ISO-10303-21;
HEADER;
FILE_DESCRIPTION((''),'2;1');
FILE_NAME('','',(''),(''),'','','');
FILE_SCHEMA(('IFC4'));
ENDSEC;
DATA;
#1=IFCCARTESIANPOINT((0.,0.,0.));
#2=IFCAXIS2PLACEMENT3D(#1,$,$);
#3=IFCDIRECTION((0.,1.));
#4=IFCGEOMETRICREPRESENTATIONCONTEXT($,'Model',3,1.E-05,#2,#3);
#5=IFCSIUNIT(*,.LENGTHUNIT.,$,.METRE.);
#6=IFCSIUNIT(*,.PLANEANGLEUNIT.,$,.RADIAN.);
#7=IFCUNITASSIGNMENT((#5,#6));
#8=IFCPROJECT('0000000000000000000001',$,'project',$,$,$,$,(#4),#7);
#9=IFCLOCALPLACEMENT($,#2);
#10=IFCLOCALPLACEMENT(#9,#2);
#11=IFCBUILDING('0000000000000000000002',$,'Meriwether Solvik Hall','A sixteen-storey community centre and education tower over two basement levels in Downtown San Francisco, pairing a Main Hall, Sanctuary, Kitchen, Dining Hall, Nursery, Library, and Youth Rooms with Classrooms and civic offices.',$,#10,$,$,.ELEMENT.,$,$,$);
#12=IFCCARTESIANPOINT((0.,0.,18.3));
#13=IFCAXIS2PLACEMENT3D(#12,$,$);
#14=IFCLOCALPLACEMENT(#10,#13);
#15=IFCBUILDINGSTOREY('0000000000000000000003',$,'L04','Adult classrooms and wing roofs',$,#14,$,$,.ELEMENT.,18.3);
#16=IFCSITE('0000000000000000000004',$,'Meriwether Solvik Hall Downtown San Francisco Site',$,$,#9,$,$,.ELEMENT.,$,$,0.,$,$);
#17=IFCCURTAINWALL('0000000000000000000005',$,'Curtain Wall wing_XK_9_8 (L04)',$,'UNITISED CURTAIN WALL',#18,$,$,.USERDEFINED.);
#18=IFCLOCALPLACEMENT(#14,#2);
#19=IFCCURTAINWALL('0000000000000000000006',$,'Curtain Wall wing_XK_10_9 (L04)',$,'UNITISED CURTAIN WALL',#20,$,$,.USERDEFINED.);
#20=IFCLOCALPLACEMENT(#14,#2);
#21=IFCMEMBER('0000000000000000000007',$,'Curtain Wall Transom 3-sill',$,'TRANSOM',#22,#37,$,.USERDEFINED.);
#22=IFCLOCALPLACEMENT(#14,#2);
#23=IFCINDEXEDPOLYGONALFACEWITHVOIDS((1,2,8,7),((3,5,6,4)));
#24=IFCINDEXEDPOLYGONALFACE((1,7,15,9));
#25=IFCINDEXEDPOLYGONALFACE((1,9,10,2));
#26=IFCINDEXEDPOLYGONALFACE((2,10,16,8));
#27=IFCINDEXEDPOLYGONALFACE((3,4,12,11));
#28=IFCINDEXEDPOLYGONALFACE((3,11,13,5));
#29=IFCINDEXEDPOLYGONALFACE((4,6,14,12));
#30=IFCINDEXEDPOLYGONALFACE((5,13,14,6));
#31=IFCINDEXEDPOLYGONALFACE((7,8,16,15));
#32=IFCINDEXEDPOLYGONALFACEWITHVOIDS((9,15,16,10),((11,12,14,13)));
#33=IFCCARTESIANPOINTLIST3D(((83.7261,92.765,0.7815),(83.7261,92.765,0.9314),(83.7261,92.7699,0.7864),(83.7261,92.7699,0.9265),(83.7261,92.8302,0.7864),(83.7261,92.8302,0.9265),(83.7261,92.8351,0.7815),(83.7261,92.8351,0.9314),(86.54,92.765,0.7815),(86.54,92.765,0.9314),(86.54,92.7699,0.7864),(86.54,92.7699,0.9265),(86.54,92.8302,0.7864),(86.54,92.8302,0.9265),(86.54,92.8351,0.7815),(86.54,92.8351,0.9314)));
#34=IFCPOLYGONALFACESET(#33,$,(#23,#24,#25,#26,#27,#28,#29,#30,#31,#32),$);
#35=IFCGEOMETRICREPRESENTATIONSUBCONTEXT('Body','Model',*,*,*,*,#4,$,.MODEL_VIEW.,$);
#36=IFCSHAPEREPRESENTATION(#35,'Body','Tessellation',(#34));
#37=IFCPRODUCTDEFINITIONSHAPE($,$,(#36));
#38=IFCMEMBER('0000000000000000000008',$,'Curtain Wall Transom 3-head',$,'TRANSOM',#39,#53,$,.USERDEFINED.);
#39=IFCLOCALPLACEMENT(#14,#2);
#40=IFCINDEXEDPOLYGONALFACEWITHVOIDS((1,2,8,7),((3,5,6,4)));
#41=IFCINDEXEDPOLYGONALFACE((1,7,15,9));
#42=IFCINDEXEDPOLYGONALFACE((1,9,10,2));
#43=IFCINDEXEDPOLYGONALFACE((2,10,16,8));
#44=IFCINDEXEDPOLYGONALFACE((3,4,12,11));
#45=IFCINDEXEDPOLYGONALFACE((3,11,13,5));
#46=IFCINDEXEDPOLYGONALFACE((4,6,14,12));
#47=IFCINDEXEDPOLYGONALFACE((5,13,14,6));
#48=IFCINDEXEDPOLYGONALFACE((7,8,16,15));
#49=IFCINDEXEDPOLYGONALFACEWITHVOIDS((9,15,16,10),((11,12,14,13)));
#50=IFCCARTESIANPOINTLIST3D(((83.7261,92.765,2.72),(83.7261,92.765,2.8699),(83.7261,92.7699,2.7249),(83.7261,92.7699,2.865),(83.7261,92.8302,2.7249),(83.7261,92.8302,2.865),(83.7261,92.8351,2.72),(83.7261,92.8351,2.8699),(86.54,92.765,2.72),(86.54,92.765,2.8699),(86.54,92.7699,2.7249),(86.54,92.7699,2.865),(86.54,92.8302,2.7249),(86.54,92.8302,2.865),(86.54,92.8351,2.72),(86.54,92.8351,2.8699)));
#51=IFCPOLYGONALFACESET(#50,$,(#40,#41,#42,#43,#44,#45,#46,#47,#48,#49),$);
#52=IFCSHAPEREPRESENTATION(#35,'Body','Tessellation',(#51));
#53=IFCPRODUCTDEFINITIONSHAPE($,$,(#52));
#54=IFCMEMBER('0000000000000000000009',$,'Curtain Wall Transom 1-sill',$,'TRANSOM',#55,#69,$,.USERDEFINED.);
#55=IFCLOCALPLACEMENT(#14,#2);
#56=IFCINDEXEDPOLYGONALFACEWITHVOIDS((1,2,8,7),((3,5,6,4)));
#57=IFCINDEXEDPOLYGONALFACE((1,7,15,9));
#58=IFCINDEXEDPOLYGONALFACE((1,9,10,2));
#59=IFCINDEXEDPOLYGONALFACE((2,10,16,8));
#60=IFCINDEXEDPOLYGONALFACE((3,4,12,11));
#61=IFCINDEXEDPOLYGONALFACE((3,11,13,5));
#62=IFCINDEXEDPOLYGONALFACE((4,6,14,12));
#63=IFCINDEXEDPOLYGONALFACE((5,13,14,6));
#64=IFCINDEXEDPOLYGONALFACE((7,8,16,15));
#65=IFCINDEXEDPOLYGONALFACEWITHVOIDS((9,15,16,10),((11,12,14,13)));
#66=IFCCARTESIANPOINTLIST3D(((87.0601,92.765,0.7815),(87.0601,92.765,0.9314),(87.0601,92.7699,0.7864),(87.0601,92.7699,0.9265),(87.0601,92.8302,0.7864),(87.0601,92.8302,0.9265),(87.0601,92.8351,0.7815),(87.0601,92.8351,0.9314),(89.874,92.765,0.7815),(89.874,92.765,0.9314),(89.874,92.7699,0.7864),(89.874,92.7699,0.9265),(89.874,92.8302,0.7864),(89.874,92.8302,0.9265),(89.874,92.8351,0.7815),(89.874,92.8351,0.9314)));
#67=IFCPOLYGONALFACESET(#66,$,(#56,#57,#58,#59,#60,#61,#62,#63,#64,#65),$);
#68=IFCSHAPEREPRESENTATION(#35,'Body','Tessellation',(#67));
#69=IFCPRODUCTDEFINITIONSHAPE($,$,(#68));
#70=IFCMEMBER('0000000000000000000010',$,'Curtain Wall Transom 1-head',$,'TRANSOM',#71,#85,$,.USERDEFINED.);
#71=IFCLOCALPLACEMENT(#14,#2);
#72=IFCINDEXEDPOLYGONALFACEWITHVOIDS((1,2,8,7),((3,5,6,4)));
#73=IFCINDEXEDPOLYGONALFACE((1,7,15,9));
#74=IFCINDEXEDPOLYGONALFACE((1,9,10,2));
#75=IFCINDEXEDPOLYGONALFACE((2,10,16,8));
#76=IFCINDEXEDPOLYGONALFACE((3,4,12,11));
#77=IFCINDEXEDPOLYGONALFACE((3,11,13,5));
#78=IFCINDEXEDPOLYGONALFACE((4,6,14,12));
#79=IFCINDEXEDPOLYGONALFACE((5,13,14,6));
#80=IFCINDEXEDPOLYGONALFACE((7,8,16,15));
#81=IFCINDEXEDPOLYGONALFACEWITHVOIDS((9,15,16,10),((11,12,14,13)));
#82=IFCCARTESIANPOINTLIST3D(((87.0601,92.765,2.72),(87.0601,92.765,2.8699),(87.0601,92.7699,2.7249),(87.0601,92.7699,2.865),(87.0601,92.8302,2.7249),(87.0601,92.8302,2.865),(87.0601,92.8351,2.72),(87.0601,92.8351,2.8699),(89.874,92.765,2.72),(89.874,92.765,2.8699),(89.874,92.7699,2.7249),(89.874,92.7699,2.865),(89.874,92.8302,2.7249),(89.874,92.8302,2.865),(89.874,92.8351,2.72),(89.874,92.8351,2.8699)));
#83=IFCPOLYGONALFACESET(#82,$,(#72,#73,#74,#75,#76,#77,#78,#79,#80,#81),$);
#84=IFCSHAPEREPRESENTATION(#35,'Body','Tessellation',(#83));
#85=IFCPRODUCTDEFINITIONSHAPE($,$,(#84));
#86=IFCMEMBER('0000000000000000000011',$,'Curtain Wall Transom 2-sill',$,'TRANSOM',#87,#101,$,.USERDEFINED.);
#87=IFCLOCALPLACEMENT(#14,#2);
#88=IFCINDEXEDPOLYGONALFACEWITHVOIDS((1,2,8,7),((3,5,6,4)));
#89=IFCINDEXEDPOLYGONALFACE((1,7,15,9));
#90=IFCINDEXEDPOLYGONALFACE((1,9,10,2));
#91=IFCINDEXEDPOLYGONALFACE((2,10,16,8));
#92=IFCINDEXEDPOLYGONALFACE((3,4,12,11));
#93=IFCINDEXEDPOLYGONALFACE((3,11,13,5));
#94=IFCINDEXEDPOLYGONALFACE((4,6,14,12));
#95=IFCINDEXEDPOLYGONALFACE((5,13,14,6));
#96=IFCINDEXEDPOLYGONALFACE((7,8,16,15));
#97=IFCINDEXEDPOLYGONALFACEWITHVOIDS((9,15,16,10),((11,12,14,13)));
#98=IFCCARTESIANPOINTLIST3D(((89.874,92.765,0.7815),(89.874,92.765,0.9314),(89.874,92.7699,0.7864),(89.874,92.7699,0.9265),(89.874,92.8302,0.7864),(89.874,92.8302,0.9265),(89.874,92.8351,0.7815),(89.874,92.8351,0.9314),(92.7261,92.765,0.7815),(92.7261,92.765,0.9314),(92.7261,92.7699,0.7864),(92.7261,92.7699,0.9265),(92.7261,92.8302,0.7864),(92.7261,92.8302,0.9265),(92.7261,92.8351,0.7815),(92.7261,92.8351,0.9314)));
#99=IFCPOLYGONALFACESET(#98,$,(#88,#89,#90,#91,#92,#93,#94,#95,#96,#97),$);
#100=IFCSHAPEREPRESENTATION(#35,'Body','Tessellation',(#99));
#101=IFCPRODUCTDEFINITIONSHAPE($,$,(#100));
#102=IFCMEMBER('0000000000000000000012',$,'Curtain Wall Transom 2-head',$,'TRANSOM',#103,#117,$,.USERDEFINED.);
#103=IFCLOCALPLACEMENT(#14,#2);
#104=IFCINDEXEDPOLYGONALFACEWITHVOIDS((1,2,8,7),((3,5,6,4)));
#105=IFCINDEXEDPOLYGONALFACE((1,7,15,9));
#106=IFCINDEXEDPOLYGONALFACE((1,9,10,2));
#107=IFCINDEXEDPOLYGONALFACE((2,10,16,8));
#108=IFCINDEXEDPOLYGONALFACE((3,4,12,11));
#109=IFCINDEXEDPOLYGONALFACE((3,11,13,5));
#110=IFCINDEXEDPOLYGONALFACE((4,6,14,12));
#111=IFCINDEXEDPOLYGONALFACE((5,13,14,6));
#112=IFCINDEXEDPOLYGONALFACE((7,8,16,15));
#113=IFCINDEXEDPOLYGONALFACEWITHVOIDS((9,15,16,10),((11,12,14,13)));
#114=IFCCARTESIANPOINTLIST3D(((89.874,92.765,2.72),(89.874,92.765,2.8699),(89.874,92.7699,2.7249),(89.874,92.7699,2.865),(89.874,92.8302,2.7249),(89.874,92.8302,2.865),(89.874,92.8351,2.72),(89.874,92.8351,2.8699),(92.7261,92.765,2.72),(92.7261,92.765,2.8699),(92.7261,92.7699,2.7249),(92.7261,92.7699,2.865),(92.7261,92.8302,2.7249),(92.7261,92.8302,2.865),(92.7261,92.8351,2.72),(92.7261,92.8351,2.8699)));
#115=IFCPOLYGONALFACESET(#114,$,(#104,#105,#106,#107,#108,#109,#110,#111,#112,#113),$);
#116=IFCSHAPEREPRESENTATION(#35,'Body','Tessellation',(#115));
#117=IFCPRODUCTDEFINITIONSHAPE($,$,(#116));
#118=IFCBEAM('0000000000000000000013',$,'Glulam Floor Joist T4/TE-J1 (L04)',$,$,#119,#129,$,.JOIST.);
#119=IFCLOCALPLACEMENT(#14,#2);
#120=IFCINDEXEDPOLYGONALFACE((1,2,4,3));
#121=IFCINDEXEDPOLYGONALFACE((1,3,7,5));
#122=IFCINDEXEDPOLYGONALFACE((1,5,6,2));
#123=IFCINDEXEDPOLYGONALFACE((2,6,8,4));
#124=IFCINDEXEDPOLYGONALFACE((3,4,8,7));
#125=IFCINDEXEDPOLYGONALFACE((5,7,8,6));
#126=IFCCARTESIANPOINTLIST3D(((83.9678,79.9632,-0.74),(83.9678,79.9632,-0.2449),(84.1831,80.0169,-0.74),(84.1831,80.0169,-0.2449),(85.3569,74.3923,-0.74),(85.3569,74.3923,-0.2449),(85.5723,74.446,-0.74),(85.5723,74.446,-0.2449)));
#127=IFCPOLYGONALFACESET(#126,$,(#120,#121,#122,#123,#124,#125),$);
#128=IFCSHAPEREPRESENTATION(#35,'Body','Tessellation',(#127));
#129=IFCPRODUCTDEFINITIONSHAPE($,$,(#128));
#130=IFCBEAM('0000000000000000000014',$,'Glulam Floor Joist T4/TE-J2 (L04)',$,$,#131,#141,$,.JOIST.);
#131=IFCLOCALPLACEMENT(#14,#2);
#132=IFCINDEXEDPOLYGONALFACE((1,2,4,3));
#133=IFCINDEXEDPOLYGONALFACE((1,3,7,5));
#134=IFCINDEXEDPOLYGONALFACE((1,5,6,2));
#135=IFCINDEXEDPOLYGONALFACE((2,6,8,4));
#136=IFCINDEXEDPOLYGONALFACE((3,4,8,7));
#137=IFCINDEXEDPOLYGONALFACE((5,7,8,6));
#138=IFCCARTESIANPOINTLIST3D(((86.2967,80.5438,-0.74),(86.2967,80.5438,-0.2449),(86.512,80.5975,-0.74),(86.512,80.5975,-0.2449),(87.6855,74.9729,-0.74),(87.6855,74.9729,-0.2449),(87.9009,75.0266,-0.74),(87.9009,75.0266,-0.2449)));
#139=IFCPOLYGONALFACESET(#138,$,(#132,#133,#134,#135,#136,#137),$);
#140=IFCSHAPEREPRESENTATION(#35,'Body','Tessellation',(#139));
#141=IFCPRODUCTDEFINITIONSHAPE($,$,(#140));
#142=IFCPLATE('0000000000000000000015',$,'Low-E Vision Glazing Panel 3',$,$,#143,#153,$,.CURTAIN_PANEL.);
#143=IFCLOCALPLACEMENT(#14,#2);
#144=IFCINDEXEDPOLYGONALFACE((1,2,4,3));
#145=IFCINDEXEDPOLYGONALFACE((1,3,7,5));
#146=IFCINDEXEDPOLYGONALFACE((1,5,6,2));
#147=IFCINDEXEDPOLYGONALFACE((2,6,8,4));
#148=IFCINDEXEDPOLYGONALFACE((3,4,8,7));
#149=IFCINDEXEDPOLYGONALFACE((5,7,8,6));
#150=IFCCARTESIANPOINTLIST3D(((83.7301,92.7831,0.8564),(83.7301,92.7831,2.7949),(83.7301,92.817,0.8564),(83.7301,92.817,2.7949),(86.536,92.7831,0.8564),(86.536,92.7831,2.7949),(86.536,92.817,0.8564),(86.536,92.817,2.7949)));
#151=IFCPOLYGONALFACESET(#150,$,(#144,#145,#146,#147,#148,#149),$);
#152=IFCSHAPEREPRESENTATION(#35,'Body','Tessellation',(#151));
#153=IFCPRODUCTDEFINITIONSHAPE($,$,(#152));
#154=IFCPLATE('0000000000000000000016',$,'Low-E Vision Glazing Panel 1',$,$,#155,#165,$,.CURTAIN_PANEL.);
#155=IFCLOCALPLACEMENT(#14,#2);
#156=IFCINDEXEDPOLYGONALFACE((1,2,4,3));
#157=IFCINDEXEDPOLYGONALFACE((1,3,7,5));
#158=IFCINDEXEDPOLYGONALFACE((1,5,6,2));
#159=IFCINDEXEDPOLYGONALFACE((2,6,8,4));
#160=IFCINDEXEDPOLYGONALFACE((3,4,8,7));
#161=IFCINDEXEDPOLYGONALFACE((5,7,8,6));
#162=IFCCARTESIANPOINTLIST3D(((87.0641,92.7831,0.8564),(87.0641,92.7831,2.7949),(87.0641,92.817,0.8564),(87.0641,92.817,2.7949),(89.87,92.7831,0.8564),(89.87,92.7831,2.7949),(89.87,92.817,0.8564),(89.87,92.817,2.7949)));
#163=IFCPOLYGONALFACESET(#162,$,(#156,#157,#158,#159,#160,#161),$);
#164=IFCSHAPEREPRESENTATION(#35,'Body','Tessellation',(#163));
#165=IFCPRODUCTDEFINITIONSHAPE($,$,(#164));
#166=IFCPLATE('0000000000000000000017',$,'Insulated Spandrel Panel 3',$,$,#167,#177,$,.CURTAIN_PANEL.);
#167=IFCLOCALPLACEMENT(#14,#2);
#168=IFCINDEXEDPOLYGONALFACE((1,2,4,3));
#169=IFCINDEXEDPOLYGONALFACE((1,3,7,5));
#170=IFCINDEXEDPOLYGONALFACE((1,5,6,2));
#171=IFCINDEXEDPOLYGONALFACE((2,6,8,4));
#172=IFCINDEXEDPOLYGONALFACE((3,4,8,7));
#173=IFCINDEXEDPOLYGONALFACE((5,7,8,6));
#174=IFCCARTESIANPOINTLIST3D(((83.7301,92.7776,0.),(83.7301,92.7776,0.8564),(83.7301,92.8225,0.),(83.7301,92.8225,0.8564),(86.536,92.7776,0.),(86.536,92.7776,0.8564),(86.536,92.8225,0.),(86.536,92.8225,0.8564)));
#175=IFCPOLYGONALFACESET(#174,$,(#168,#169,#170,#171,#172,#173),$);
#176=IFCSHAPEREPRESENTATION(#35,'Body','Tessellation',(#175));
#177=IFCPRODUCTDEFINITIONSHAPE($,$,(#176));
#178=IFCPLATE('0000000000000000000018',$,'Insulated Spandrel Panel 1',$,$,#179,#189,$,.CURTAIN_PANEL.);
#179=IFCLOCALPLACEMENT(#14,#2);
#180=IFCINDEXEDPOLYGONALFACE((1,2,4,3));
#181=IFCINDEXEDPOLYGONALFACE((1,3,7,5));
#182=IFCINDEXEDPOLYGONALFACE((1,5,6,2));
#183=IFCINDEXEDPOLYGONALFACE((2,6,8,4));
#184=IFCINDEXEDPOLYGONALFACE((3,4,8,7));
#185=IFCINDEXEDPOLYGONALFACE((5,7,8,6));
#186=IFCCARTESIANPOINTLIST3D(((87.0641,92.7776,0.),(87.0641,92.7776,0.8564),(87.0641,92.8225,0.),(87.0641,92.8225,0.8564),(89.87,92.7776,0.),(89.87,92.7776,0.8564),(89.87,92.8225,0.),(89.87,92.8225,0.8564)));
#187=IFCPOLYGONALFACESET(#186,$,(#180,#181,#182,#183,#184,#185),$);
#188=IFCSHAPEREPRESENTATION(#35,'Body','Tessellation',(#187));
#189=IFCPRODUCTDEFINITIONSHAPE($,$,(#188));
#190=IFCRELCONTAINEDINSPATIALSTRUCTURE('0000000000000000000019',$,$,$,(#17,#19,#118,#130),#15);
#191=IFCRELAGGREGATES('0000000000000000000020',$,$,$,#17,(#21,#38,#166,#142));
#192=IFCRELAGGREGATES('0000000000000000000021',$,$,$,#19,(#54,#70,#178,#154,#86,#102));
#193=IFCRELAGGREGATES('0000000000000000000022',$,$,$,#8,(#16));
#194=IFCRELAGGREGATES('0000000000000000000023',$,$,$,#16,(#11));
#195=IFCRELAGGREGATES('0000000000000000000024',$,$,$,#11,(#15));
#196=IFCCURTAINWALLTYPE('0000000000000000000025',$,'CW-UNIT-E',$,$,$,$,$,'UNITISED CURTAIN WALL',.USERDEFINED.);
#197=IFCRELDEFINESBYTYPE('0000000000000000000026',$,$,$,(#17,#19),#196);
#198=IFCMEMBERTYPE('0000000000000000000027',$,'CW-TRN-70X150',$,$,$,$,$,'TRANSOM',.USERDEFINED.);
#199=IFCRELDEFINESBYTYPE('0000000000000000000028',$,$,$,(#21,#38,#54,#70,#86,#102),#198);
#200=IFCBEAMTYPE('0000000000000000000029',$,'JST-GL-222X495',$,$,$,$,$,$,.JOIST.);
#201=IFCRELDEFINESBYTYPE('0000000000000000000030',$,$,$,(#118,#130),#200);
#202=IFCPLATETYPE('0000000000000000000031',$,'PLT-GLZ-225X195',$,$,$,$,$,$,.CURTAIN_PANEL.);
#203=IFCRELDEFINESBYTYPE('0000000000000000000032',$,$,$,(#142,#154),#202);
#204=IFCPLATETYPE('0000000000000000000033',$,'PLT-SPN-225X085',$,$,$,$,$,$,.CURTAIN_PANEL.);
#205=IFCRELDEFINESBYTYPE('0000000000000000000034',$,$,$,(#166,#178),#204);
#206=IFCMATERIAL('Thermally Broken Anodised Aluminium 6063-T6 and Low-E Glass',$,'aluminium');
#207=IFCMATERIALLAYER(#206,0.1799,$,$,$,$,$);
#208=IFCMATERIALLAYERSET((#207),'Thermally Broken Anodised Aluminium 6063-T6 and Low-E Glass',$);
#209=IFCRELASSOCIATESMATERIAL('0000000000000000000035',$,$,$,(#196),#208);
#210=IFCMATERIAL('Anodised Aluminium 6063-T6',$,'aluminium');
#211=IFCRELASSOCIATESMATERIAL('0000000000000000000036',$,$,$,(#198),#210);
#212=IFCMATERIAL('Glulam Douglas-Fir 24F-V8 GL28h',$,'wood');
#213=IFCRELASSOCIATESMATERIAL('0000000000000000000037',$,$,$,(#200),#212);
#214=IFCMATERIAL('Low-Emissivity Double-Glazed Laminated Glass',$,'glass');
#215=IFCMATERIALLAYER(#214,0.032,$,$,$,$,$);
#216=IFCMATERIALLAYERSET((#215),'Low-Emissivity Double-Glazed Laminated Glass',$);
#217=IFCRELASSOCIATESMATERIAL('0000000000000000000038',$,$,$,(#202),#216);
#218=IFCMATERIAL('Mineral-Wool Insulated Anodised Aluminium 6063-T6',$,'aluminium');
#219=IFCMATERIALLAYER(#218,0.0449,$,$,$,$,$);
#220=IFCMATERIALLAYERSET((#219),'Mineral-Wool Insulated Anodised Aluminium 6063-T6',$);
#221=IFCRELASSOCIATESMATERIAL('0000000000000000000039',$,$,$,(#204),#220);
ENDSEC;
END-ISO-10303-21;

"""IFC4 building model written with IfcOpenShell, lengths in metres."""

from ifc_helpers import new_model, si_unit, direction, frame, origin, origin_2d, place, context, subcontext, project, spatial, rectangle, hollow_rectangle, extrude, material, layer, layer_set, material_profile, profile_set, type_object, element, aggregate, save


model = new_model("IFC4")

# Units and contexts
model_context = context("Model", 3, precision=1e-05, world=origin(), true_north=direction((0.0, 1.0)))
body_context = subcontext(model_context, "Body", "Model", "MODEL_VIEW")
ifc_project = project(units=[si_unit("LENGTHUNIT", "METRE"), si_unit("PLANEANGLEUNIT", "RADIAN")], contexts=[model_context])

# Site, building, storey
site_placement = place(None, origin())
site = spatial("IfcSite", under=ifc_project, at=site_placement, Name="Meriwether Solvik Hall Downtown San Francisco Site", CompositionType="ELEMENT", RefElevation=0.0)
building_placement = place(site_placement, origin())
building = spatial("IfcBuilding", under=site, at=building_placement, Name="Meriwether Solvik Hall", Description="A sixteen-storey community centre and education tower over two basement levels in Downtown San Francisco, pairing a Main Hall, Sanctuary, Kitchen, Dining Hall, Nursery, Library, and Youth Rooms with Classrooms and civic offices.", CompositionType="ELEMENT")
storey_placement = place(building_placement, frame((0.0, 0.0, 18.3)))
storey = spatial("IfcBuildingStorey", under=building, at=storey_placement, Name="L04", Description="Adult classrooms and wing roofs", CompositionType="ELEMENT", Elevation=18.3)

# Curtain walls
ifc_material_1 = material(Name="Thermally Broken Anodised Aluminium 6063-T6 and Low-E Glass", Category="aluminium")
ifc_layer_1 = layer(ifc_material_1, 0.1799)
ifc_layer_set_1 = layer_set([ifc_layer_1], Name="Thermally Broken Anodised Aluminium 6063-T6 and Low-E Glass")
curtain_wall_type = type_object("IfcCurtainWallType", Name="CW-UNIT-E", ElementType="UNITISED CURTAIN WALL", PredefinedType="USERDEFINED", material=ifc_layer_set_1)
curtain_wall_1_placement = place(storey_placement, origin())
curtain_wall_1 = element("IfcCurtainWall", 1, at=curtain_wall_1_placement, inside=storey, type_object=curtain_wall_type, Name="Curtain Wall wing_XK_9_8 (L04)", ObjectType="UNITISED CURTAIN WALL", PredefinedType="USERDEFINED")
curtain_wall_2_placement = place(storey_placement, origin())
curtain_wall_2 = element("IfcCurtainWall", 2, at=curtain_wall_2_placement, inside=storey, type_object=curtain_wall_type, Name="Curtain Wall wing_XK_10_9 (L04)", ObjectType="UNITISED CURTAIN WALL", PredefinedType="USERDEFINED")

# Members
ifc_material_2 = material(Name="Anodised Aluminium 6063-T6", Category="aluminium")
ifc_material_profile_1 = material_profile(ifc_material_2, hollow_rectangle(XDim=0.0701, YDim=0.1499, WallThickness=0.0049, at=origin_2d()), Name="CWT-70X150")
ifc_profile_set_1 = profile_set([ifc_material_profile_1], Name="Anodised Aluminium 6063-T6")
member_type_1 = type_object("IfcMemberType", Name="CW-TRN-70X150", ElementType="TRANSOM", PredefinedType="USERDEFINED", material=ifc_profile_set_1)
member_1_placement = place(storey_placement, frame((83.7261, 92.8, 0.8564), z_axis=(1.0, 0.0, 0.0), x_axis=(0.0, 1.0, 0.0)))
member_1 = element("IfcMember", 3, at=member_1_placement, type_object=member_type_1, Name="Curtain Wall Transom 3-sill", ObjectType="TRANSOM", PredefinedType="USERDEFINED", context=body_context, shape_type="SweptSolid", body=[
    extrude(hollow_rectangle(XDim=0.0701, YDim=0.1499, WallThickness=0.0049, at=origin_2d()), origin(), (0.0, 0.0, 1.0), 2.814),
])
member_2_placement = place(storey_placement, frame((83.7261, 92.8, 2.7949), z_axis=(1.0, 0.0, 0.0), x_axis=(0.0, 1.0, 0.0)))
member_2 = element("IfcMember", 4, at=member_2_placement, type_object=member_type_1, Name="Curtain Wall Transom 3-head", ObjectType="TRANSOM", PredefinedType="USERDEFINED", context=body_context, shape_type="SweptSolid", body=[
    extrude(hollow_rectangle(XDim=0.0701, YDim=0.1499, WallThickness=0.0049, at=origin_2d()), origin(), (0.0, 0.0, 1.0), 2.814),
])
member_3_placement = place(storey_placement, frame((87.0601, 92.8, 0.8564), z_axis=(1.0, 0.0, 0.0), x_axis=(0.0, 1.0, 0.0)))
member_3 = element("IfcMember", 5, at=member_3_placement, type_object=member_type_1, Name="Curtain Wall Transom 1-sill", ObjectType="TRANSOM", PredefinedType="USERDEFINED", context=body_context, shape_type="SweptSolid", body=[
    extrude(hollow_rectangle(XDim=0.0701, YDim=0.1499, WallThickness=0.0049, at=origin_2d()), origin(), (0.0, 0.0, 1.0), 2.814),
])
member_4_placement = place(storey_placement, frame((87.0601, 92.8, 2.7949), z_axis=(1.0, 0.0, 0.0), x_axis=(0.0, 1.0, 0.0)))
member_4 = element("IfcMember", 6, at=member_4_placement, type_object=member_type_1, Name="Curtain Wall Transom 1-head", ObjectType="TRANSOM", PredefinedType="USERDEFINED", context=body_context, shape_type="SweptSolid", body=[
    extrude(hollow_rectangle(XDim=0.0701, YDim=0.1499, WallThickness=0.0049, at=origin_2d()), origin(), (0.0, 0.0, 1.0), 2.814),
])
member_5_placement = place(storey_placement, frame((89.874, 92.8, 0.8564), z_axis=(1.0, 0.0, 0.0), x_axis=(0.0, 1.0, 0.0)))
member_5 = element("IfcMember", 7, at=member_5_placement, type_object=member_type_1, Name="Curtain Wall Transom 2-sill", ObjectType="TRANSOM", PredefinedType="USERDEFINED", context=body_context, shape_type="SweptSolid", body=[
    extrude(hollow_rectangle(XDim=0.0701, YDim=0.1499, WallThickness=0.0049, at=origin_2d()), origin(), (0.0, 0.0, 1.0), 2.8521),
])
member_6_placement = place(storey_placement, frame((89.874, 92.8, 2.7949), z_axis=(1.0, 0.0, 0.0), x_axis=(0.0, 1.0, 0.0)))
member_6 = element("IfcMember", 8, at=member_6_placement, type_object=member_type_1, Name="Curtain Wall Transom 2-head", ObjectType="TRANSOM", PredefinedType="USERDEFINED", context=body_context, shape_type="SweptSolid", body=[
    extrude(hollow_rectangle(XDim=0.0701, YDim=0.1499, WallThickness=0.0049, at=origin_2d()), origin(), (0.0, 0.0, 1.0), 2.8521),
])

# Beams
ifc_material_3 = material(Name="Glulam Douglas-Fir 24F-V8 GL28h", Category="wood")
ifc_material_profile_2 = material_profile(ifc_material_3, rectangle(XDim=0.2219, YDim=0.4951, at=origin_2d()), Name="GLJ-222X495")
ifc_profile_set_2 = profile_set([ifc_material_profile_2], Name="Glulam Douglas-Fir 24F-V8 GL28h")
beam_type_1 = type_object("IfcBeamType", Name="JST-GL-222X495", PredefinedType="JOIST", material=ifc_profile_set_2)
for number, where, z_axis, x_axis, name in (
    (9, (85.4646, 74.4192, -0.4924), (-0.241955, 0.970287, 0.0), (-0.970287, -0.241955, 0.0), "Glulam Floor Joist T4/TE-J1 (L04)"),
    (10, (87.7932, 74.9998, -0.4924), (-0.241905, 0.9703, 0.0), (-0.9703, -0.241905, 0.0), "Glulam Floor Joist T4/TE-J2 (L04)"),
):
    element("IfcBeam", number, at=place(storey_placement, frame(where, z_axis=z_axis, x_axis=x_axis)), inside=storey, type_object=beam_type_1, Name=name, PredefinedType="JOIST", context=body_context, shape_type="SweptSolid", body=[
        extrude(rectangle(XDim=0.2219, YDim=0.4951, at=origin_2d()), origin(), (0.0, 0.0, 1.0), 5.7415),
    ])

# Plates
ifc_material_4 = material(Name="Low-Emissivity Double-Glazed Laminated Glass", Category="glass")
ifc_layer_2 = layer(ifc_material_4, 0.032)
ifc_layer_set_2 = layer_set([ifc_layer_2], Name="Low-Emissivity Double-Glazed Laminated Glass")
plate_type_1 = type_object("IfcPlateType", Name="PLT-GLZ-225X195", PredefinedType="CURTAIN_PANEL", material=ifc_layer_set_2)
plate_1_placement = place(storey_placement, frame((85.1331, 92.8, 0.8564), z_axis=(0.0, 0.0, 1.0), x_axis=(1.0, 0.0, 0.0)))
plate_1 = element("IfcPlate", 11, at=plate_1_placement, type_object=plate_type_1, Name="Low-E Vision Glazing Panel 3", PredefinedType="CURTAIN_PANEL", context=body_context, shape_type="SweptSolid", body=[
    extrude(rectangle(XDim=2.8059, YDim=0.0339, at=origin_2d()), origin(), (0.0, 0.0, 1.0), 1.9385),
])
plate_2_placement = place(storey_placement, frame((88.467, 92.8, 0.8564), z_axis=(0.0, 0.0, 1.0), x_axis=(1.0, 0.0, 0.0)))
plate_2 = element("IfcPlate", 12, at=plate_2_placement, type_object=plate_type_1, Name="Low-E Vision Glazing Panel 1", PredefinedType="CURTAIN_PANEL", context=body_context, shape_type="SweptSolid", body=[
    extrude(rectangle(XDim=2.8059, YDim=0.0339, at=origin_2d()), origin(), (0.0, 0.0, 1.0), 1.9385),
])
ifc_material_5 = material(Name="Mineral-Wool Insulated Anodised Aluminium 6063-T6", Category="aluminium")
ifc_layer_3 = layer(ifc_material_5, 0.0449)
ifc_layer_set_3 = layer_set([ifc_layer_3], Name="Mineral-Wool Insulated Anodised Aluminium 6063-T6")
plate_type_2 = type_object("IfcPlateType", Name="PLT-SPN-225X085", PredefinedType="CURTAIN_PANEL", material=ifc_layer_set_3)
plate_3_placement = place(storey_placement, frame((85.1331, 92.8, 0.0), z_axis=(0.0, 0.0, 1.0), x_axis=(1.0, 0.0, 0.0)))
plate_3 = element("IfcPlate", 13, at=plate_3_placement, type_object=plate_type_2, Name="Insulated Spandrel Panel 3", PredefinedType="CURTAIN_PANEL", context=body_context, shape_type="SweptSolid", body=[
    extrude(rectangle(XDim=2.8059, YDim=0.0449, at=origin_2d()), origin(), (0.0, 0.0, 1.0), 0.8564),
])
aggregate(curtain_wall_1, [member_1, member_2, plate_3, plate_1])
plate_4_placement = place(storey_placement, frame((88.467, 92.8, 0.0), z_axis=(0.0, 0.0, 1.0), x_axis=(1.0, 0.0, 0.0)))
plate_4 = element("IfcPlate", 14, at=plate_4_placement, type_object=plate_type_2, Name="Insulated Spandrel Panel 1", PredefinedType="CURTAIN_PANEL", context=body_context, shape_type="SweptSolid", body=[
    extrude(rectangle(XDim=2.8059, YDim=0.0449, at=origin_2d()), origin(), (0.0, 0.0, 1.0), 0.8564),
])
aggregate(curtain_wall_2, [member_3, member_4, plate_4, plate_2, member_5, member_6])

save(model, "model.ifc")
